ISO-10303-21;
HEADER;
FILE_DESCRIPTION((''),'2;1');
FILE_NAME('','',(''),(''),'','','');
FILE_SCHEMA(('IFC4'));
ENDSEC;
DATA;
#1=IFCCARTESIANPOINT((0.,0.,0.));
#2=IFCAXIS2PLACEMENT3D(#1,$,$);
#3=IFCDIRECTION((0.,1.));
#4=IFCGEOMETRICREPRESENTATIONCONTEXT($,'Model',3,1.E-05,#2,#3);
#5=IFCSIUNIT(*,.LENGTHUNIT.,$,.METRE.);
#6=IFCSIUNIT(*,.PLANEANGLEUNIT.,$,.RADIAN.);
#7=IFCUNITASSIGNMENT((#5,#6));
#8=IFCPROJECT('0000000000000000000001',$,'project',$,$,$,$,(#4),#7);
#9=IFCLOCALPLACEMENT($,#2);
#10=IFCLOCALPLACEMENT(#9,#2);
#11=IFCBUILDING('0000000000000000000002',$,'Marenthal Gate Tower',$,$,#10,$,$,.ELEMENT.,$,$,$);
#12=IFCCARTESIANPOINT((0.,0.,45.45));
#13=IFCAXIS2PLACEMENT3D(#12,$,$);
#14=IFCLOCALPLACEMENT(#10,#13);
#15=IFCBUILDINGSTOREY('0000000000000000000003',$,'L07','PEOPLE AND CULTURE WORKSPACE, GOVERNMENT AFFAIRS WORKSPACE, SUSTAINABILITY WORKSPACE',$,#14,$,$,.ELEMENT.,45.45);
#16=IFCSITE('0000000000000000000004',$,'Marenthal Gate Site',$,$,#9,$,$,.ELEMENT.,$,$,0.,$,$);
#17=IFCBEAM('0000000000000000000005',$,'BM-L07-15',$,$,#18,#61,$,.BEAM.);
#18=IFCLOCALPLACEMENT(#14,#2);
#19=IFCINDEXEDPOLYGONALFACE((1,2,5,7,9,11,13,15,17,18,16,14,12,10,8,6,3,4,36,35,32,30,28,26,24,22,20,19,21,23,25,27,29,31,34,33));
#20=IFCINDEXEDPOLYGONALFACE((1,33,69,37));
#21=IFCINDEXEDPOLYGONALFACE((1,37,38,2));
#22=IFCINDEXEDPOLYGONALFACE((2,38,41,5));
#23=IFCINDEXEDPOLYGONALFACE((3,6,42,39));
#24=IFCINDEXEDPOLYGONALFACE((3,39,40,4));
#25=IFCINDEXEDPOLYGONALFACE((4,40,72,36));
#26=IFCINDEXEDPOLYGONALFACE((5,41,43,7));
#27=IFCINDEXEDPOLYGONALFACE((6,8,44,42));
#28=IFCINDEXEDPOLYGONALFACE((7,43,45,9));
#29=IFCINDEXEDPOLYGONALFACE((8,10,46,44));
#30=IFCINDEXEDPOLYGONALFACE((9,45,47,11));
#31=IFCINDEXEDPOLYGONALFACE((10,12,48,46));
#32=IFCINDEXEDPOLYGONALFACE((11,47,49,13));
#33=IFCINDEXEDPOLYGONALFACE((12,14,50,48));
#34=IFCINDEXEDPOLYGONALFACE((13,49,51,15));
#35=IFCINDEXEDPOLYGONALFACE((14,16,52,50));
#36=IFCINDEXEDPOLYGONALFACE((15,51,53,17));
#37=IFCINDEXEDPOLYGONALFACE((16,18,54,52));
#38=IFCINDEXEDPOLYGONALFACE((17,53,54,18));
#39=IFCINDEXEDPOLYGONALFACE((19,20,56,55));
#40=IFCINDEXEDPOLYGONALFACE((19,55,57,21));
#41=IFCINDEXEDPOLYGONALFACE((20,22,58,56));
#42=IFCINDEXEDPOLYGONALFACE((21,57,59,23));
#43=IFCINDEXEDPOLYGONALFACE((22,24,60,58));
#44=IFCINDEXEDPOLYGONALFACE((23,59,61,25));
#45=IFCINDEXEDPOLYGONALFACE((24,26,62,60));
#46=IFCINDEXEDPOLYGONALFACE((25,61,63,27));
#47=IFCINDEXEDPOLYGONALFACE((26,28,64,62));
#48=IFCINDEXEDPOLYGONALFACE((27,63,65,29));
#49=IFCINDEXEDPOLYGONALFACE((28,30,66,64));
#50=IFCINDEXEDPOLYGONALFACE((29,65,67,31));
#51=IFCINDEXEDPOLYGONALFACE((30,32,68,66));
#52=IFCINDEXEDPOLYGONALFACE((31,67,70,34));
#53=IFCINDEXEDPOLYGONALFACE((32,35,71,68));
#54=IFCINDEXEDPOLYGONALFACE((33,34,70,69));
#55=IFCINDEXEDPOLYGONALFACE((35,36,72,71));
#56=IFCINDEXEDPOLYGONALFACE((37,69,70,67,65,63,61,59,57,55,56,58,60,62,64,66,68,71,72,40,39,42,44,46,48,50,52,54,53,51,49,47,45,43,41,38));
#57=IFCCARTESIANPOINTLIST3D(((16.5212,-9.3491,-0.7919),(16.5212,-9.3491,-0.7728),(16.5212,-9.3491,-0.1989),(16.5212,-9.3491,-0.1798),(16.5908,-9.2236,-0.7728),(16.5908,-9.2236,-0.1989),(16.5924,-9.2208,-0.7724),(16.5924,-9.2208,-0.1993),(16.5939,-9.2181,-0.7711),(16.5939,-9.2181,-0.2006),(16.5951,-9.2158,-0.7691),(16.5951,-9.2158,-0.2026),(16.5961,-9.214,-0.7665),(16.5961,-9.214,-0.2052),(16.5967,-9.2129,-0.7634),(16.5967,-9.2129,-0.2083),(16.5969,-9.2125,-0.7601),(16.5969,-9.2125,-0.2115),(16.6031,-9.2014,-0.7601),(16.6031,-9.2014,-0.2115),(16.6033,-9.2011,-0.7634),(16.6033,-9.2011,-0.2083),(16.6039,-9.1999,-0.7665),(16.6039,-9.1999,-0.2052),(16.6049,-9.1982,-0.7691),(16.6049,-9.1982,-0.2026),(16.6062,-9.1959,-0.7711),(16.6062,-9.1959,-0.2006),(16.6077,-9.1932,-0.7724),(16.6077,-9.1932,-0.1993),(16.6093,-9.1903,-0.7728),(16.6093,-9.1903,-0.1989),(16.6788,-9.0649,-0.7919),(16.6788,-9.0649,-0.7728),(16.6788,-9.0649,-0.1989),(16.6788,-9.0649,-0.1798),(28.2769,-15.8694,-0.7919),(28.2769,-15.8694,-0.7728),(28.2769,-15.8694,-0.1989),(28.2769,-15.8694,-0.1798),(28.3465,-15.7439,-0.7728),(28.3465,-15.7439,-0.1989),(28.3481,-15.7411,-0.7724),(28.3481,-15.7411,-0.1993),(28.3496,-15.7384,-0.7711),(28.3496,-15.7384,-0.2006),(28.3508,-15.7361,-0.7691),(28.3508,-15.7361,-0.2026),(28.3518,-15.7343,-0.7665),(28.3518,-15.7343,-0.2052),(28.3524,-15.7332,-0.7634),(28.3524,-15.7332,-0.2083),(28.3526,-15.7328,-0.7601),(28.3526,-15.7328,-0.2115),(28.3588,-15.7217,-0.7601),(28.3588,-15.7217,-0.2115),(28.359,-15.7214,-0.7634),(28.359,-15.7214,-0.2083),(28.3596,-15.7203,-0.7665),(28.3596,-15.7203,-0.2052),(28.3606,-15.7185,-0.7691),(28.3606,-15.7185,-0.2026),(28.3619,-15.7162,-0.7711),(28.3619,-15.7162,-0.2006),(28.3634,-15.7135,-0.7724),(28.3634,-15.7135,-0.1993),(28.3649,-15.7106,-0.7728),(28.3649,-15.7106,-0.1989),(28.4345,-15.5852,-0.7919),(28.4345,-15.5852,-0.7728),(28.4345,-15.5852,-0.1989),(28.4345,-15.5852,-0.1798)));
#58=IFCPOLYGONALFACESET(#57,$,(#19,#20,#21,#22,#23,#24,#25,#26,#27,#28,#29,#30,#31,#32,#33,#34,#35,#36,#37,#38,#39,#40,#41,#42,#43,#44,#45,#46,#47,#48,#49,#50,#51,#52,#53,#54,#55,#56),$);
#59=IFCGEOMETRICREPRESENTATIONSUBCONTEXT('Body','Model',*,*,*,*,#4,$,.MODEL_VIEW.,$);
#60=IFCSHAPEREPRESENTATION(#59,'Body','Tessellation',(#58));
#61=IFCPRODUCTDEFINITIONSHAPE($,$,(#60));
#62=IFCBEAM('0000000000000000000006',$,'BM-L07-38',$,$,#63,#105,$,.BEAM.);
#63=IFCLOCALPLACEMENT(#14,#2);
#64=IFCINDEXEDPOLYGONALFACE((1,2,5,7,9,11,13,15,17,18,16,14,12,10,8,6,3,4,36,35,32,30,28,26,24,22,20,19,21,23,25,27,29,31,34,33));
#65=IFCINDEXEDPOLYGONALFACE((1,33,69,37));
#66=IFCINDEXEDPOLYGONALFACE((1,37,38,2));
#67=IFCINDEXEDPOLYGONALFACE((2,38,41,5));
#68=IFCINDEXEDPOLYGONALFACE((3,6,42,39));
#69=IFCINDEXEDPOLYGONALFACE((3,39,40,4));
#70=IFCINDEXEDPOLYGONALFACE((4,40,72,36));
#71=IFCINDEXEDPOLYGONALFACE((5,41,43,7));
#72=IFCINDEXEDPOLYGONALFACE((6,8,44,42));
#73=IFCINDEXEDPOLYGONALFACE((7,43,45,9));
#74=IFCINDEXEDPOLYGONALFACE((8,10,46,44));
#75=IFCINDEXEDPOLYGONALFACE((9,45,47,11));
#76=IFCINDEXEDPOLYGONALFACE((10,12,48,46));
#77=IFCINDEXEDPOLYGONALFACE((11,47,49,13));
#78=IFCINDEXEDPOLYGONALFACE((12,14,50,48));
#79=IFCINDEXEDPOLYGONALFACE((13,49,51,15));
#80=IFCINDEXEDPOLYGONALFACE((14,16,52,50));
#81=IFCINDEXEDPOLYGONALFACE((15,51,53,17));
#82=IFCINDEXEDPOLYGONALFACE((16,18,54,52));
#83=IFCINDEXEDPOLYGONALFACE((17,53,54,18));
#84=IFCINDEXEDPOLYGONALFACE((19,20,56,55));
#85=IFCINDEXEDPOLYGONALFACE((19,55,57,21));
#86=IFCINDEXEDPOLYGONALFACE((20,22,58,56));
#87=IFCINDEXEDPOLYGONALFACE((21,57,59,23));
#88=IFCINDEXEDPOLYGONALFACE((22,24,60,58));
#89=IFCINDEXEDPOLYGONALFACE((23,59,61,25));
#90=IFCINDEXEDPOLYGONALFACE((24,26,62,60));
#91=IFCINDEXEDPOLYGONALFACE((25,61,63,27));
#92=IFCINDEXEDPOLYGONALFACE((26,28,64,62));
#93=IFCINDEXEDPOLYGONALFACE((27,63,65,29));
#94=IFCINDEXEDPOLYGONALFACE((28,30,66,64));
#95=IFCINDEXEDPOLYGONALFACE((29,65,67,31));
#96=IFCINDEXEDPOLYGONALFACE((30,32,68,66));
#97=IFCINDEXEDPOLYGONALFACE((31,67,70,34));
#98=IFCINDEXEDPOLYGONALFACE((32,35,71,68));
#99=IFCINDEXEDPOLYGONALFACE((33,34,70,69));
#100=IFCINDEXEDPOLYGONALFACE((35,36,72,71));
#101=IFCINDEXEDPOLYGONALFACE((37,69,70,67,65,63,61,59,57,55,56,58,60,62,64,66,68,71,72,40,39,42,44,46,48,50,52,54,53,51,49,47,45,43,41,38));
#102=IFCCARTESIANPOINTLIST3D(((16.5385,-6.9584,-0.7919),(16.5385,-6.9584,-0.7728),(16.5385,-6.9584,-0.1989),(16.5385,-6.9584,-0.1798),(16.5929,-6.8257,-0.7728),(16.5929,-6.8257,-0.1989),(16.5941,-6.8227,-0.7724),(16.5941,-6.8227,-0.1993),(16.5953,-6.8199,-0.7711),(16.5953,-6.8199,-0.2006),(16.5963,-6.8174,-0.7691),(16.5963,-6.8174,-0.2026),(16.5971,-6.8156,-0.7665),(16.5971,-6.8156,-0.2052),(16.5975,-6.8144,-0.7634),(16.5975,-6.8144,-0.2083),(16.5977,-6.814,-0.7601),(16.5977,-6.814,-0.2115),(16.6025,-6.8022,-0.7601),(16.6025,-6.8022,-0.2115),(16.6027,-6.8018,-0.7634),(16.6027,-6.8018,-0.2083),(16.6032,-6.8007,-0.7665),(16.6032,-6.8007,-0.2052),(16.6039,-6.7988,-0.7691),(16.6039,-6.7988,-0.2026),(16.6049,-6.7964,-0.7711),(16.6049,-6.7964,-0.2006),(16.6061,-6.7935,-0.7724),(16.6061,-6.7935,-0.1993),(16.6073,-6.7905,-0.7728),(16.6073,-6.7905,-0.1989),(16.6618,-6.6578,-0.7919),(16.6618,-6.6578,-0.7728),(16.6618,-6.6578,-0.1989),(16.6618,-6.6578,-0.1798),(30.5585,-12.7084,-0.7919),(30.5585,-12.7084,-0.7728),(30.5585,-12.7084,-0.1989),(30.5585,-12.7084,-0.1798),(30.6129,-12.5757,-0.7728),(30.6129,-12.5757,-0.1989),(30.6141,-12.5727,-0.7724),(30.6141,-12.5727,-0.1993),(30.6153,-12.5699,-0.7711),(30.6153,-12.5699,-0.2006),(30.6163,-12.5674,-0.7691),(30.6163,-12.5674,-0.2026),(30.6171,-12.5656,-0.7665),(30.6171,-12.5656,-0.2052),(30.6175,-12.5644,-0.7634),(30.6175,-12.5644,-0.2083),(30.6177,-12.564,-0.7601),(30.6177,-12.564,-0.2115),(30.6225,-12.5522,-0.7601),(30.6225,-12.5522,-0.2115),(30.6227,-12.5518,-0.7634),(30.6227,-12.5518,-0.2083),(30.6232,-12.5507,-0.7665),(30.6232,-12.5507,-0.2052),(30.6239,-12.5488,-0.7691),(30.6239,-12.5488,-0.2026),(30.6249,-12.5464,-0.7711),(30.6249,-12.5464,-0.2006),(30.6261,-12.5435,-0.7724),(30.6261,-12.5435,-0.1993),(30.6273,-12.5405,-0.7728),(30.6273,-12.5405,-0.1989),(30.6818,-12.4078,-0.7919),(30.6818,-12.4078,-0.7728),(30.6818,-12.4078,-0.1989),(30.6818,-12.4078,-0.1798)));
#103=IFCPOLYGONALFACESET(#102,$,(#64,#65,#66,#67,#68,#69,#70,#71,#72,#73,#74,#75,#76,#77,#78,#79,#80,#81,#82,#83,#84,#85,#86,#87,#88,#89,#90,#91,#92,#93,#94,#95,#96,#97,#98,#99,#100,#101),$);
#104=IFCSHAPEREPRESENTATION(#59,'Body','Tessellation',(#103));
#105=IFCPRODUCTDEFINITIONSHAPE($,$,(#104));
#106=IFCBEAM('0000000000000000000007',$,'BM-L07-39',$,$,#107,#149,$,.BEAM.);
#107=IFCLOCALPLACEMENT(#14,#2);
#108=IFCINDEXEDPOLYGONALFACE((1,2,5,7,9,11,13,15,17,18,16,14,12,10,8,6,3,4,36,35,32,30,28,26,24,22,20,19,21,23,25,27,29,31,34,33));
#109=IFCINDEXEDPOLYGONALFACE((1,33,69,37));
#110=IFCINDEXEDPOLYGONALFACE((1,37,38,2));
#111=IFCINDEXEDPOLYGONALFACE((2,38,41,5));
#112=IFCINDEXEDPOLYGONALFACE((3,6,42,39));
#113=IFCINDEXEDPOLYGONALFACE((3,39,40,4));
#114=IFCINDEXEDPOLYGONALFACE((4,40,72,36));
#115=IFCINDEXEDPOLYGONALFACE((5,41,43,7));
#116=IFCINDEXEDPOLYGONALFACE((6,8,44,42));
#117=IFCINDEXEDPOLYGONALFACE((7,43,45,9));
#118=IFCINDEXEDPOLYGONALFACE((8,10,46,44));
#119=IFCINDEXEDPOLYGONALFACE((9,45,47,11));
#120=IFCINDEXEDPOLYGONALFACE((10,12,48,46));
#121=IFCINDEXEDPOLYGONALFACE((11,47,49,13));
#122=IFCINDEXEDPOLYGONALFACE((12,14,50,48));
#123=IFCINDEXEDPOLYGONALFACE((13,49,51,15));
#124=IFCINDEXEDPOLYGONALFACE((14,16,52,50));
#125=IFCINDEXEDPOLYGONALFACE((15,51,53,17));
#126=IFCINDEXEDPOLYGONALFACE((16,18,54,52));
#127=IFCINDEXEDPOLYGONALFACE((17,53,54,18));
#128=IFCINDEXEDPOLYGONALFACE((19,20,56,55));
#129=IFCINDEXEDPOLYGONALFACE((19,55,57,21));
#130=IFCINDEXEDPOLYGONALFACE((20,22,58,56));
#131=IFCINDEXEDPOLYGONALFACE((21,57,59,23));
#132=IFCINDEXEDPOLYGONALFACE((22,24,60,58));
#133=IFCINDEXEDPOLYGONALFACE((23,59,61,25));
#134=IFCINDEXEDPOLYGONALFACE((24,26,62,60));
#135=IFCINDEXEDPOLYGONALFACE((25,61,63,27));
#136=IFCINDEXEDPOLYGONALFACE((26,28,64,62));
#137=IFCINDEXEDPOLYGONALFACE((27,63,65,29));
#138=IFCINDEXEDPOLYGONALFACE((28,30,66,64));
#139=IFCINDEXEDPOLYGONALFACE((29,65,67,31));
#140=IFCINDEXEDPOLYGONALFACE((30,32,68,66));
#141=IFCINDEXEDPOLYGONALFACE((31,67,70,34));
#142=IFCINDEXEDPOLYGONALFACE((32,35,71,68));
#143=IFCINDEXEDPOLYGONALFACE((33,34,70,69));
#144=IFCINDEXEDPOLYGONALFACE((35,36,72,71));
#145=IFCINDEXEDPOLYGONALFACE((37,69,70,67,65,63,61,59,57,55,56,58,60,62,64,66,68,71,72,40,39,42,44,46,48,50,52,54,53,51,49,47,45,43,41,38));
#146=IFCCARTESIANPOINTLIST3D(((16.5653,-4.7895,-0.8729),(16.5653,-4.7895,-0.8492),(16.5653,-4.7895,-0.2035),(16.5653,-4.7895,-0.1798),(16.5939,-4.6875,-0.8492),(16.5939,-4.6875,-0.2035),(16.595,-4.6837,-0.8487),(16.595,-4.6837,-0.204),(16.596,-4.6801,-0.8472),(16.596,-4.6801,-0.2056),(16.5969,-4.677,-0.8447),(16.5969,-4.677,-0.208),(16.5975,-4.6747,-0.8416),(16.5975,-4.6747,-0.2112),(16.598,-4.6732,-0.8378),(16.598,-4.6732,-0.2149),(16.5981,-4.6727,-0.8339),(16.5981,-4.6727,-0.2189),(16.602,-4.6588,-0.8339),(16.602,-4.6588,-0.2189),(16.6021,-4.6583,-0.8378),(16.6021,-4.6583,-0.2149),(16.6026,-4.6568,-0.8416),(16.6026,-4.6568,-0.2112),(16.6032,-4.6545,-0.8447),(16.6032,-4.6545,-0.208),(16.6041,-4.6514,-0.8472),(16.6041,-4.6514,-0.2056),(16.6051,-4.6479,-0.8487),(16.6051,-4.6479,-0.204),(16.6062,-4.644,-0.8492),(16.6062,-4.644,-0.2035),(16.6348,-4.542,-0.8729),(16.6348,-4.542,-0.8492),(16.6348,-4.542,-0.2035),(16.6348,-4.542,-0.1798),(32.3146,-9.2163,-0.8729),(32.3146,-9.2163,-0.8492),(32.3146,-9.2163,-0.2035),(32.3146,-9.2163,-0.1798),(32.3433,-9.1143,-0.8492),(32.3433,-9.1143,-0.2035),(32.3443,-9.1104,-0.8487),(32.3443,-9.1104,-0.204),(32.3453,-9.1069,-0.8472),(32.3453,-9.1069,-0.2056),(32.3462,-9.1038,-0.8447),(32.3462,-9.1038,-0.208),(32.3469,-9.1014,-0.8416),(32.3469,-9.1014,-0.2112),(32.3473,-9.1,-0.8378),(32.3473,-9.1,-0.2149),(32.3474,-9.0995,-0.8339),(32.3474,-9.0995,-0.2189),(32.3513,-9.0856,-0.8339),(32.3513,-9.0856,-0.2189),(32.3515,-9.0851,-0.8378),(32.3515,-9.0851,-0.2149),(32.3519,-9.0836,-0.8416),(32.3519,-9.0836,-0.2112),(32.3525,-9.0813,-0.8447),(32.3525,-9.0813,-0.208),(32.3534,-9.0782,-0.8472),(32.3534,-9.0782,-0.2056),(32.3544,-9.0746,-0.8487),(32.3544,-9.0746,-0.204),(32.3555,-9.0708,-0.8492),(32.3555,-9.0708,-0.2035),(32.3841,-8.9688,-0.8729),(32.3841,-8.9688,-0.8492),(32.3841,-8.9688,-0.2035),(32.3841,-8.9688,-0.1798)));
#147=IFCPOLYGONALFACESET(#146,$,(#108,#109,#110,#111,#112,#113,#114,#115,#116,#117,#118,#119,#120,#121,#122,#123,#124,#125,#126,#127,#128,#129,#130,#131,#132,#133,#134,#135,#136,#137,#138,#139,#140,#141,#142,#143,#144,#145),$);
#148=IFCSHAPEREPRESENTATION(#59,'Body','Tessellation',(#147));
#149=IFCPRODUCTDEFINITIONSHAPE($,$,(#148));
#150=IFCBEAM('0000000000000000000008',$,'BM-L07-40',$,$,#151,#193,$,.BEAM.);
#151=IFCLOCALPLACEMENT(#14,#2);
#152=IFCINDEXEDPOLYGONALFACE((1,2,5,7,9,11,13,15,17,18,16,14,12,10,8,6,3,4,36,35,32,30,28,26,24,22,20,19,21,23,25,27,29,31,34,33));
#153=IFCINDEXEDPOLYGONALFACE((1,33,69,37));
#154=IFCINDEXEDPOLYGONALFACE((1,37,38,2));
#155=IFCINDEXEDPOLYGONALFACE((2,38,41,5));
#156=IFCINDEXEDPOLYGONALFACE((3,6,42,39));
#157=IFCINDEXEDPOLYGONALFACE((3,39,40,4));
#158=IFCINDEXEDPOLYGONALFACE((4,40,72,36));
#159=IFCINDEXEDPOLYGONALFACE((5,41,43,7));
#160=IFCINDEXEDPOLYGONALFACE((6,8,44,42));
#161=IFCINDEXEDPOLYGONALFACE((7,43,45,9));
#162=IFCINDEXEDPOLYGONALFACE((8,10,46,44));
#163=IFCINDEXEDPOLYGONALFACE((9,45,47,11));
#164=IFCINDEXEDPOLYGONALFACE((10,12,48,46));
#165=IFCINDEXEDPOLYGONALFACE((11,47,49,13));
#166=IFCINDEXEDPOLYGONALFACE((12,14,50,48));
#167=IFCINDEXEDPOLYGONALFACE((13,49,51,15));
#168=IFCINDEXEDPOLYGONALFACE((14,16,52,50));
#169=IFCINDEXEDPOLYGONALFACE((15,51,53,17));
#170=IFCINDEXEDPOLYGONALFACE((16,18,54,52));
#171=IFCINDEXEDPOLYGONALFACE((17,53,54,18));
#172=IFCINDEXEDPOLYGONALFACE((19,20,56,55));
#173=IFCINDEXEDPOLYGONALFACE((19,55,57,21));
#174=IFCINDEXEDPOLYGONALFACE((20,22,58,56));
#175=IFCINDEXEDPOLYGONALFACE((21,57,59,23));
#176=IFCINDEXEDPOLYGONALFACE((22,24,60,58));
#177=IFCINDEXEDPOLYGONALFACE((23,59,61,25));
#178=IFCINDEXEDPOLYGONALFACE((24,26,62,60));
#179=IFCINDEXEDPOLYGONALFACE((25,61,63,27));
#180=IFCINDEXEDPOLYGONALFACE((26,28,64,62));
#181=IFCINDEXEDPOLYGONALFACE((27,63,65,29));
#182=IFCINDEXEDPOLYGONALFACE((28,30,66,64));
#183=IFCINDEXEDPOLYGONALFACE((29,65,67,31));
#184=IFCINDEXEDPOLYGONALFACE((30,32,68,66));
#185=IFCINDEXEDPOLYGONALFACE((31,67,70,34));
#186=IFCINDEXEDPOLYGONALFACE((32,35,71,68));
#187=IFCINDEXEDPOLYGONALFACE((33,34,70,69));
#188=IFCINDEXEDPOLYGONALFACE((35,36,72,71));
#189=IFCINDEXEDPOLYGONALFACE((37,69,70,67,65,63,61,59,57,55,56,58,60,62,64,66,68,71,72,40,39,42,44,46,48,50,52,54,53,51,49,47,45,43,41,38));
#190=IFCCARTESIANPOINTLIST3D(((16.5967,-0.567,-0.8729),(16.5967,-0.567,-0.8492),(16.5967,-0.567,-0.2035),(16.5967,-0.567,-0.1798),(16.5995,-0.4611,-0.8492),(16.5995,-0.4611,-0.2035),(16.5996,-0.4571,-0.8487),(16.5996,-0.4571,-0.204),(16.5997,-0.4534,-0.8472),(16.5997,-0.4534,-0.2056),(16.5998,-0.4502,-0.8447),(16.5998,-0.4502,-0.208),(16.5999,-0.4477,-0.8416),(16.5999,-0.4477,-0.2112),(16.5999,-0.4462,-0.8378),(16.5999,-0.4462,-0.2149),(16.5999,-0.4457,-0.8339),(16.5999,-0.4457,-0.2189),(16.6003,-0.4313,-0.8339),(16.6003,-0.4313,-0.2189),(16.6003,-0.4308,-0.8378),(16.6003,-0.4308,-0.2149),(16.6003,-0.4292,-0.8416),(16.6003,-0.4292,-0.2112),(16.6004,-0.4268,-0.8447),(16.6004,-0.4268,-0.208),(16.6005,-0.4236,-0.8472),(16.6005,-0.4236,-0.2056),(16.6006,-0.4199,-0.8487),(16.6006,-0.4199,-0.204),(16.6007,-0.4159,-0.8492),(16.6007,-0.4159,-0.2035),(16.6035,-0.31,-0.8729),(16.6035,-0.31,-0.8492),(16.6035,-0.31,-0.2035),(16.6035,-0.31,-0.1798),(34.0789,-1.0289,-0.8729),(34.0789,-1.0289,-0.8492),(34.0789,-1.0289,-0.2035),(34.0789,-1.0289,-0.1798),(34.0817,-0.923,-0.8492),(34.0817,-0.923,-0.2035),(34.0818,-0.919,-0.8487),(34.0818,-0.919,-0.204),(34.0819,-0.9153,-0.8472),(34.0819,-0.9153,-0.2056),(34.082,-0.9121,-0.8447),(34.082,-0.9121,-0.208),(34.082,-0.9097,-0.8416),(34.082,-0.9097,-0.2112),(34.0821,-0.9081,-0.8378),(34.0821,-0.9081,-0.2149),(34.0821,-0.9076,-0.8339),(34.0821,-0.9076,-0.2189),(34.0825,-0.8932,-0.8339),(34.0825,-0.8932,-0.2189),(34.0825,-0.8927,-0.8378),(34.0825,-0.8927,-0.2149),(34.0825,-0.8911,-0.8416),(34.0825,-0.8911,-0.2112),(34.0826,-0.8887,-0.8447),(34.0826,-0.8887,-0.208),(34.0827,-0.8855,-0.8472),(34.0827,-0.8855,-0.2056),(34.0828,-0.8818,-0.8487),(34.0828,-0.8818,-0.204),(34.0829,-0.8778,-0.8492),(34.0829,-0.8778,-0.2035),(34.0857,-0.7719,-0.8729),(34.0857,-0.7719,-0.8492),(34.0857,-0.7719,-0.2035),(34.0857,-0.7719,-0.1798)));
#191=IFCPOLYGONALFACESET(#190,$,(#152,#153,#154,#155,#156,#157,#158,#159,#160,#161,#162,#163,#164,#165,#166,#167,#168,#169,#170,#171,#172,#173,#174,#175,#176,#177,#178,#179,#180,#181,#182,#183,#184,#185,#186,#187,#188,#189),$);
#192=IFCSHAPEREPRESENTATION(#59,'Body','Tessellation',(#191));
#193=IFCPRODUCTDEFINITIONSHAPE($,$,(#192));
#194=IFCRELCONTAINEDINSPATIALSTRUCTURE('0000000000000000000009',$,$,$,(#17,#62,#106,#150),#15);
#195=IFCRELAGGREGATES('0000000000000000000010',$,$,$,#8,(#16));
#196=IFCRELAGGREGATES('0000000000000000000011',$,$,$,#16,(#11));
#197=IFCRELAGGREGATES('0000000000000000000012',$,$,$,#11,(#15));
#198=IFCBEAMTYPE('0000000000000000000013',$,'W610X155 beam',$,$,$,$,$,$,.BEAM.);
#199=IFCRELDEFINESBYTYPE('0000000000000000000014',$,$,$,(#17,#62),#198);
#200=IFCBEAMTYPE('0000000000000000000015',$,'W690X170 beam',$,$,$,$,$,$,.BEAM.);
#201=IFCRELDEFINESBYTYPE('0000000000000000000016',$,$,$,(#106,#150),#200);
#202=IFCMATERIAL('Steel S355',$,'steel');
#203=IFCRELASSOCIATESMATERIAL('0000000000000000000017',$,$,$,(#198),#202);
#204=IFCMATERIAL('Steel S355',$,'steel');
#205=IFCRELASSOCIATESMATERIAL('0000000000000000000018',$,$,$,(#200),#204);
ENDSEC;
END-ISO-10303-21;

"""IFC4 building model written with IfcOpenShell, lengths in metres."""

from ifc_helpers import new_model, si_unit, direction, frame, origin, origin_2d, place, context, subcontext, project, spatial, i_section, extrude, material, material_profile, profile_set, type_object, element, save


model = new_model("IFC4")

# Units and contexts
model_context = context("Model", 3, precision=1e-05, world=origin(), true_north=direction((0.0, 1.0)))
body_context = subcontext(model_context, "Body", "Model", "MODEL_VIEW")
ifc_project = project(units=[si_unit("LENGTHUNIT", "METRE"), si_unit("PLANEANGLEUNIT", "RADIAN")], contexts=[model_context])

# Site, building, storey
site_placement = place(None, origin())
site = spatial("IfcSite", under=ifc_project, at=site_placement, Name="Marenthal Gate Site", CompositionType="ELEMENT", RefElevation=0.0)
building_placement = place(site_placement, origin())
building = spatial("IfcBuilding", under=site, at=building_placement, Name="Marenthal Gate Tower", CompositionType="ELEMENT")
storey_placement = place(building_placement, frame((0.0, 0.0, 45.45)))
storey = spatial("IfcBuildingStorey", under=building, at=storey_placement, Name="L07", Description="PEOPLE AND CULTURE WORKSPACE, GOVERNMENT AFFAIRS WORKSPACE, SUSTAINABILITY WORKSPACE", CompositionType="ELEMENT", Elevation=45.45)

# Beams
ifc_material_1 = material(Name="Steel S355", Category="steel")
ifc_material_profile_1 = material_profile(ifc_material_1, i_section(OverallWidth=0.325, OverallDepth=0.6121, WebThickness=0.0127, FlangeThickness=0.019, FilletRadius=0.0127, at=origin_2d()), Name="W610X155")
ifc_profile_set_1 = profile_set([ifc_material_profile_1], Name="Steel S355")
beam_type_1 = type_object("IfcBeamType", Name="W610X155 beam", PredefinedType="BEAM", material=ifc_profile_set_1)
beam_1_placement = place(storey_placement, frame((28.3557, -15.7273, -0.4858), z_axis=(-0.874493, 0.485038, 0.0), x_axis=(-0.485038, -0.874493, 0.0)))
element("IfcBeam", 1, at=beam_1_placement, inside=storey, type_object=beam_type_1, Name="BM-L07-15", PredefinedType="BEAM", context=body_context, shape_type="SweptSolid", body=[
    extrude(i_section(OverallWidth=0.325, OverallDepth=0.6121, WebThickness=0.0127, FlangeThickness=0.019, FilletRadius=0.0127, at=origin_2d()), origin(), (0.0, 0.0, 1.0), 13.4429),
])
beam_2_placement = place(storey_placement, frame((30.6201, -12.5581, -0.4858), z_axis=(-0.92521, 0.379455, 0.0), x_axis=(-0.379455, -0.92521, 0.0)))
element("IfcBeam", 2, at=beam_2_placement, inside=storey, type_object=beam_type_1, Name="BM-L07-38", PredefinedType="BEAM", context=body_context, shape_type="SweptSolid", body=[
    extrude(i_section(OverallWidth=0.325, OverallDepth=0.6121, WebThickness=0.0127, FlangeThickness=0.019, FilletRadius=0.0127, at=origin_2d()), origin(), (0.0, 0.0, 1.0), 15.1533),
])
ifc_material_2 = material(Name="Steel S355", Category="steel")
ifc_material_profile_2 = material_profile(ifc_material_2, i_section(OverallWidth=0.2571, OverallDepth=0.6931, WebThickness=0.0144, FlangeThickness=0.0237, FilletRadius=0.0154, at=origin_2d()), Name="W690X170")
ifc_profile_set_2 = profile_set([ifc_material_profile_2], Name="Steel S355")
beam_type_2 = type_object("IfcBeamType", Name="W690X170 beam", PredefinedType="BEAM", material=ifc_profile_set_2)
beam_3_placement = place(storey_placement, frame((32.3494, -9.0925, -0.5264), z_axis=(-0.962694, 0.270591, 0.0), x_axis=(-0.270591, -0.962694, 0.0)))
element("IfcBeam", 3, at=beam_3_placement, inside=storey, type_object=beam_type_2, Name="BM-L07-39", PredefinedType="BEAM", context=body_context, shape_type="SweptSolid", body=[
    extrude(i_section(OverallWidth=0.2571, OverallDepth=0.6931, WebThickness=0.0144, FlangeThickness=0.0237, FilletRadius=0.0154, at=origin_2d()), origin(), (0.0, 0.0, 1.0), 16.3596),
])
beam_4_placement = place(storey_placement, frame((34.0823, -0.9004, -0.5264), z_axis=(-0.999651, 0.026413, 0.0), x_axis=(-0.026413, -0.999651, 0.0)))
element("IfcBeam", 4, at=beam_4_placement, inside=storey, type_object=beam_type_2, Name="BM-L07-40", PredefinedType="BEAM", context=body_context, shape_type="SweptSolid", body=[
    extrude(i_section(OverallWidth=0.2571, OverallDepth=0.6931, WebThickness=0.0144, FlangeThickness=0.0237, FilletRadius=0.0154, at=origin_2d()), origin(), (0.0, 0.0, 1.0), 17.4883),
])

save(model, "model.ifc")
